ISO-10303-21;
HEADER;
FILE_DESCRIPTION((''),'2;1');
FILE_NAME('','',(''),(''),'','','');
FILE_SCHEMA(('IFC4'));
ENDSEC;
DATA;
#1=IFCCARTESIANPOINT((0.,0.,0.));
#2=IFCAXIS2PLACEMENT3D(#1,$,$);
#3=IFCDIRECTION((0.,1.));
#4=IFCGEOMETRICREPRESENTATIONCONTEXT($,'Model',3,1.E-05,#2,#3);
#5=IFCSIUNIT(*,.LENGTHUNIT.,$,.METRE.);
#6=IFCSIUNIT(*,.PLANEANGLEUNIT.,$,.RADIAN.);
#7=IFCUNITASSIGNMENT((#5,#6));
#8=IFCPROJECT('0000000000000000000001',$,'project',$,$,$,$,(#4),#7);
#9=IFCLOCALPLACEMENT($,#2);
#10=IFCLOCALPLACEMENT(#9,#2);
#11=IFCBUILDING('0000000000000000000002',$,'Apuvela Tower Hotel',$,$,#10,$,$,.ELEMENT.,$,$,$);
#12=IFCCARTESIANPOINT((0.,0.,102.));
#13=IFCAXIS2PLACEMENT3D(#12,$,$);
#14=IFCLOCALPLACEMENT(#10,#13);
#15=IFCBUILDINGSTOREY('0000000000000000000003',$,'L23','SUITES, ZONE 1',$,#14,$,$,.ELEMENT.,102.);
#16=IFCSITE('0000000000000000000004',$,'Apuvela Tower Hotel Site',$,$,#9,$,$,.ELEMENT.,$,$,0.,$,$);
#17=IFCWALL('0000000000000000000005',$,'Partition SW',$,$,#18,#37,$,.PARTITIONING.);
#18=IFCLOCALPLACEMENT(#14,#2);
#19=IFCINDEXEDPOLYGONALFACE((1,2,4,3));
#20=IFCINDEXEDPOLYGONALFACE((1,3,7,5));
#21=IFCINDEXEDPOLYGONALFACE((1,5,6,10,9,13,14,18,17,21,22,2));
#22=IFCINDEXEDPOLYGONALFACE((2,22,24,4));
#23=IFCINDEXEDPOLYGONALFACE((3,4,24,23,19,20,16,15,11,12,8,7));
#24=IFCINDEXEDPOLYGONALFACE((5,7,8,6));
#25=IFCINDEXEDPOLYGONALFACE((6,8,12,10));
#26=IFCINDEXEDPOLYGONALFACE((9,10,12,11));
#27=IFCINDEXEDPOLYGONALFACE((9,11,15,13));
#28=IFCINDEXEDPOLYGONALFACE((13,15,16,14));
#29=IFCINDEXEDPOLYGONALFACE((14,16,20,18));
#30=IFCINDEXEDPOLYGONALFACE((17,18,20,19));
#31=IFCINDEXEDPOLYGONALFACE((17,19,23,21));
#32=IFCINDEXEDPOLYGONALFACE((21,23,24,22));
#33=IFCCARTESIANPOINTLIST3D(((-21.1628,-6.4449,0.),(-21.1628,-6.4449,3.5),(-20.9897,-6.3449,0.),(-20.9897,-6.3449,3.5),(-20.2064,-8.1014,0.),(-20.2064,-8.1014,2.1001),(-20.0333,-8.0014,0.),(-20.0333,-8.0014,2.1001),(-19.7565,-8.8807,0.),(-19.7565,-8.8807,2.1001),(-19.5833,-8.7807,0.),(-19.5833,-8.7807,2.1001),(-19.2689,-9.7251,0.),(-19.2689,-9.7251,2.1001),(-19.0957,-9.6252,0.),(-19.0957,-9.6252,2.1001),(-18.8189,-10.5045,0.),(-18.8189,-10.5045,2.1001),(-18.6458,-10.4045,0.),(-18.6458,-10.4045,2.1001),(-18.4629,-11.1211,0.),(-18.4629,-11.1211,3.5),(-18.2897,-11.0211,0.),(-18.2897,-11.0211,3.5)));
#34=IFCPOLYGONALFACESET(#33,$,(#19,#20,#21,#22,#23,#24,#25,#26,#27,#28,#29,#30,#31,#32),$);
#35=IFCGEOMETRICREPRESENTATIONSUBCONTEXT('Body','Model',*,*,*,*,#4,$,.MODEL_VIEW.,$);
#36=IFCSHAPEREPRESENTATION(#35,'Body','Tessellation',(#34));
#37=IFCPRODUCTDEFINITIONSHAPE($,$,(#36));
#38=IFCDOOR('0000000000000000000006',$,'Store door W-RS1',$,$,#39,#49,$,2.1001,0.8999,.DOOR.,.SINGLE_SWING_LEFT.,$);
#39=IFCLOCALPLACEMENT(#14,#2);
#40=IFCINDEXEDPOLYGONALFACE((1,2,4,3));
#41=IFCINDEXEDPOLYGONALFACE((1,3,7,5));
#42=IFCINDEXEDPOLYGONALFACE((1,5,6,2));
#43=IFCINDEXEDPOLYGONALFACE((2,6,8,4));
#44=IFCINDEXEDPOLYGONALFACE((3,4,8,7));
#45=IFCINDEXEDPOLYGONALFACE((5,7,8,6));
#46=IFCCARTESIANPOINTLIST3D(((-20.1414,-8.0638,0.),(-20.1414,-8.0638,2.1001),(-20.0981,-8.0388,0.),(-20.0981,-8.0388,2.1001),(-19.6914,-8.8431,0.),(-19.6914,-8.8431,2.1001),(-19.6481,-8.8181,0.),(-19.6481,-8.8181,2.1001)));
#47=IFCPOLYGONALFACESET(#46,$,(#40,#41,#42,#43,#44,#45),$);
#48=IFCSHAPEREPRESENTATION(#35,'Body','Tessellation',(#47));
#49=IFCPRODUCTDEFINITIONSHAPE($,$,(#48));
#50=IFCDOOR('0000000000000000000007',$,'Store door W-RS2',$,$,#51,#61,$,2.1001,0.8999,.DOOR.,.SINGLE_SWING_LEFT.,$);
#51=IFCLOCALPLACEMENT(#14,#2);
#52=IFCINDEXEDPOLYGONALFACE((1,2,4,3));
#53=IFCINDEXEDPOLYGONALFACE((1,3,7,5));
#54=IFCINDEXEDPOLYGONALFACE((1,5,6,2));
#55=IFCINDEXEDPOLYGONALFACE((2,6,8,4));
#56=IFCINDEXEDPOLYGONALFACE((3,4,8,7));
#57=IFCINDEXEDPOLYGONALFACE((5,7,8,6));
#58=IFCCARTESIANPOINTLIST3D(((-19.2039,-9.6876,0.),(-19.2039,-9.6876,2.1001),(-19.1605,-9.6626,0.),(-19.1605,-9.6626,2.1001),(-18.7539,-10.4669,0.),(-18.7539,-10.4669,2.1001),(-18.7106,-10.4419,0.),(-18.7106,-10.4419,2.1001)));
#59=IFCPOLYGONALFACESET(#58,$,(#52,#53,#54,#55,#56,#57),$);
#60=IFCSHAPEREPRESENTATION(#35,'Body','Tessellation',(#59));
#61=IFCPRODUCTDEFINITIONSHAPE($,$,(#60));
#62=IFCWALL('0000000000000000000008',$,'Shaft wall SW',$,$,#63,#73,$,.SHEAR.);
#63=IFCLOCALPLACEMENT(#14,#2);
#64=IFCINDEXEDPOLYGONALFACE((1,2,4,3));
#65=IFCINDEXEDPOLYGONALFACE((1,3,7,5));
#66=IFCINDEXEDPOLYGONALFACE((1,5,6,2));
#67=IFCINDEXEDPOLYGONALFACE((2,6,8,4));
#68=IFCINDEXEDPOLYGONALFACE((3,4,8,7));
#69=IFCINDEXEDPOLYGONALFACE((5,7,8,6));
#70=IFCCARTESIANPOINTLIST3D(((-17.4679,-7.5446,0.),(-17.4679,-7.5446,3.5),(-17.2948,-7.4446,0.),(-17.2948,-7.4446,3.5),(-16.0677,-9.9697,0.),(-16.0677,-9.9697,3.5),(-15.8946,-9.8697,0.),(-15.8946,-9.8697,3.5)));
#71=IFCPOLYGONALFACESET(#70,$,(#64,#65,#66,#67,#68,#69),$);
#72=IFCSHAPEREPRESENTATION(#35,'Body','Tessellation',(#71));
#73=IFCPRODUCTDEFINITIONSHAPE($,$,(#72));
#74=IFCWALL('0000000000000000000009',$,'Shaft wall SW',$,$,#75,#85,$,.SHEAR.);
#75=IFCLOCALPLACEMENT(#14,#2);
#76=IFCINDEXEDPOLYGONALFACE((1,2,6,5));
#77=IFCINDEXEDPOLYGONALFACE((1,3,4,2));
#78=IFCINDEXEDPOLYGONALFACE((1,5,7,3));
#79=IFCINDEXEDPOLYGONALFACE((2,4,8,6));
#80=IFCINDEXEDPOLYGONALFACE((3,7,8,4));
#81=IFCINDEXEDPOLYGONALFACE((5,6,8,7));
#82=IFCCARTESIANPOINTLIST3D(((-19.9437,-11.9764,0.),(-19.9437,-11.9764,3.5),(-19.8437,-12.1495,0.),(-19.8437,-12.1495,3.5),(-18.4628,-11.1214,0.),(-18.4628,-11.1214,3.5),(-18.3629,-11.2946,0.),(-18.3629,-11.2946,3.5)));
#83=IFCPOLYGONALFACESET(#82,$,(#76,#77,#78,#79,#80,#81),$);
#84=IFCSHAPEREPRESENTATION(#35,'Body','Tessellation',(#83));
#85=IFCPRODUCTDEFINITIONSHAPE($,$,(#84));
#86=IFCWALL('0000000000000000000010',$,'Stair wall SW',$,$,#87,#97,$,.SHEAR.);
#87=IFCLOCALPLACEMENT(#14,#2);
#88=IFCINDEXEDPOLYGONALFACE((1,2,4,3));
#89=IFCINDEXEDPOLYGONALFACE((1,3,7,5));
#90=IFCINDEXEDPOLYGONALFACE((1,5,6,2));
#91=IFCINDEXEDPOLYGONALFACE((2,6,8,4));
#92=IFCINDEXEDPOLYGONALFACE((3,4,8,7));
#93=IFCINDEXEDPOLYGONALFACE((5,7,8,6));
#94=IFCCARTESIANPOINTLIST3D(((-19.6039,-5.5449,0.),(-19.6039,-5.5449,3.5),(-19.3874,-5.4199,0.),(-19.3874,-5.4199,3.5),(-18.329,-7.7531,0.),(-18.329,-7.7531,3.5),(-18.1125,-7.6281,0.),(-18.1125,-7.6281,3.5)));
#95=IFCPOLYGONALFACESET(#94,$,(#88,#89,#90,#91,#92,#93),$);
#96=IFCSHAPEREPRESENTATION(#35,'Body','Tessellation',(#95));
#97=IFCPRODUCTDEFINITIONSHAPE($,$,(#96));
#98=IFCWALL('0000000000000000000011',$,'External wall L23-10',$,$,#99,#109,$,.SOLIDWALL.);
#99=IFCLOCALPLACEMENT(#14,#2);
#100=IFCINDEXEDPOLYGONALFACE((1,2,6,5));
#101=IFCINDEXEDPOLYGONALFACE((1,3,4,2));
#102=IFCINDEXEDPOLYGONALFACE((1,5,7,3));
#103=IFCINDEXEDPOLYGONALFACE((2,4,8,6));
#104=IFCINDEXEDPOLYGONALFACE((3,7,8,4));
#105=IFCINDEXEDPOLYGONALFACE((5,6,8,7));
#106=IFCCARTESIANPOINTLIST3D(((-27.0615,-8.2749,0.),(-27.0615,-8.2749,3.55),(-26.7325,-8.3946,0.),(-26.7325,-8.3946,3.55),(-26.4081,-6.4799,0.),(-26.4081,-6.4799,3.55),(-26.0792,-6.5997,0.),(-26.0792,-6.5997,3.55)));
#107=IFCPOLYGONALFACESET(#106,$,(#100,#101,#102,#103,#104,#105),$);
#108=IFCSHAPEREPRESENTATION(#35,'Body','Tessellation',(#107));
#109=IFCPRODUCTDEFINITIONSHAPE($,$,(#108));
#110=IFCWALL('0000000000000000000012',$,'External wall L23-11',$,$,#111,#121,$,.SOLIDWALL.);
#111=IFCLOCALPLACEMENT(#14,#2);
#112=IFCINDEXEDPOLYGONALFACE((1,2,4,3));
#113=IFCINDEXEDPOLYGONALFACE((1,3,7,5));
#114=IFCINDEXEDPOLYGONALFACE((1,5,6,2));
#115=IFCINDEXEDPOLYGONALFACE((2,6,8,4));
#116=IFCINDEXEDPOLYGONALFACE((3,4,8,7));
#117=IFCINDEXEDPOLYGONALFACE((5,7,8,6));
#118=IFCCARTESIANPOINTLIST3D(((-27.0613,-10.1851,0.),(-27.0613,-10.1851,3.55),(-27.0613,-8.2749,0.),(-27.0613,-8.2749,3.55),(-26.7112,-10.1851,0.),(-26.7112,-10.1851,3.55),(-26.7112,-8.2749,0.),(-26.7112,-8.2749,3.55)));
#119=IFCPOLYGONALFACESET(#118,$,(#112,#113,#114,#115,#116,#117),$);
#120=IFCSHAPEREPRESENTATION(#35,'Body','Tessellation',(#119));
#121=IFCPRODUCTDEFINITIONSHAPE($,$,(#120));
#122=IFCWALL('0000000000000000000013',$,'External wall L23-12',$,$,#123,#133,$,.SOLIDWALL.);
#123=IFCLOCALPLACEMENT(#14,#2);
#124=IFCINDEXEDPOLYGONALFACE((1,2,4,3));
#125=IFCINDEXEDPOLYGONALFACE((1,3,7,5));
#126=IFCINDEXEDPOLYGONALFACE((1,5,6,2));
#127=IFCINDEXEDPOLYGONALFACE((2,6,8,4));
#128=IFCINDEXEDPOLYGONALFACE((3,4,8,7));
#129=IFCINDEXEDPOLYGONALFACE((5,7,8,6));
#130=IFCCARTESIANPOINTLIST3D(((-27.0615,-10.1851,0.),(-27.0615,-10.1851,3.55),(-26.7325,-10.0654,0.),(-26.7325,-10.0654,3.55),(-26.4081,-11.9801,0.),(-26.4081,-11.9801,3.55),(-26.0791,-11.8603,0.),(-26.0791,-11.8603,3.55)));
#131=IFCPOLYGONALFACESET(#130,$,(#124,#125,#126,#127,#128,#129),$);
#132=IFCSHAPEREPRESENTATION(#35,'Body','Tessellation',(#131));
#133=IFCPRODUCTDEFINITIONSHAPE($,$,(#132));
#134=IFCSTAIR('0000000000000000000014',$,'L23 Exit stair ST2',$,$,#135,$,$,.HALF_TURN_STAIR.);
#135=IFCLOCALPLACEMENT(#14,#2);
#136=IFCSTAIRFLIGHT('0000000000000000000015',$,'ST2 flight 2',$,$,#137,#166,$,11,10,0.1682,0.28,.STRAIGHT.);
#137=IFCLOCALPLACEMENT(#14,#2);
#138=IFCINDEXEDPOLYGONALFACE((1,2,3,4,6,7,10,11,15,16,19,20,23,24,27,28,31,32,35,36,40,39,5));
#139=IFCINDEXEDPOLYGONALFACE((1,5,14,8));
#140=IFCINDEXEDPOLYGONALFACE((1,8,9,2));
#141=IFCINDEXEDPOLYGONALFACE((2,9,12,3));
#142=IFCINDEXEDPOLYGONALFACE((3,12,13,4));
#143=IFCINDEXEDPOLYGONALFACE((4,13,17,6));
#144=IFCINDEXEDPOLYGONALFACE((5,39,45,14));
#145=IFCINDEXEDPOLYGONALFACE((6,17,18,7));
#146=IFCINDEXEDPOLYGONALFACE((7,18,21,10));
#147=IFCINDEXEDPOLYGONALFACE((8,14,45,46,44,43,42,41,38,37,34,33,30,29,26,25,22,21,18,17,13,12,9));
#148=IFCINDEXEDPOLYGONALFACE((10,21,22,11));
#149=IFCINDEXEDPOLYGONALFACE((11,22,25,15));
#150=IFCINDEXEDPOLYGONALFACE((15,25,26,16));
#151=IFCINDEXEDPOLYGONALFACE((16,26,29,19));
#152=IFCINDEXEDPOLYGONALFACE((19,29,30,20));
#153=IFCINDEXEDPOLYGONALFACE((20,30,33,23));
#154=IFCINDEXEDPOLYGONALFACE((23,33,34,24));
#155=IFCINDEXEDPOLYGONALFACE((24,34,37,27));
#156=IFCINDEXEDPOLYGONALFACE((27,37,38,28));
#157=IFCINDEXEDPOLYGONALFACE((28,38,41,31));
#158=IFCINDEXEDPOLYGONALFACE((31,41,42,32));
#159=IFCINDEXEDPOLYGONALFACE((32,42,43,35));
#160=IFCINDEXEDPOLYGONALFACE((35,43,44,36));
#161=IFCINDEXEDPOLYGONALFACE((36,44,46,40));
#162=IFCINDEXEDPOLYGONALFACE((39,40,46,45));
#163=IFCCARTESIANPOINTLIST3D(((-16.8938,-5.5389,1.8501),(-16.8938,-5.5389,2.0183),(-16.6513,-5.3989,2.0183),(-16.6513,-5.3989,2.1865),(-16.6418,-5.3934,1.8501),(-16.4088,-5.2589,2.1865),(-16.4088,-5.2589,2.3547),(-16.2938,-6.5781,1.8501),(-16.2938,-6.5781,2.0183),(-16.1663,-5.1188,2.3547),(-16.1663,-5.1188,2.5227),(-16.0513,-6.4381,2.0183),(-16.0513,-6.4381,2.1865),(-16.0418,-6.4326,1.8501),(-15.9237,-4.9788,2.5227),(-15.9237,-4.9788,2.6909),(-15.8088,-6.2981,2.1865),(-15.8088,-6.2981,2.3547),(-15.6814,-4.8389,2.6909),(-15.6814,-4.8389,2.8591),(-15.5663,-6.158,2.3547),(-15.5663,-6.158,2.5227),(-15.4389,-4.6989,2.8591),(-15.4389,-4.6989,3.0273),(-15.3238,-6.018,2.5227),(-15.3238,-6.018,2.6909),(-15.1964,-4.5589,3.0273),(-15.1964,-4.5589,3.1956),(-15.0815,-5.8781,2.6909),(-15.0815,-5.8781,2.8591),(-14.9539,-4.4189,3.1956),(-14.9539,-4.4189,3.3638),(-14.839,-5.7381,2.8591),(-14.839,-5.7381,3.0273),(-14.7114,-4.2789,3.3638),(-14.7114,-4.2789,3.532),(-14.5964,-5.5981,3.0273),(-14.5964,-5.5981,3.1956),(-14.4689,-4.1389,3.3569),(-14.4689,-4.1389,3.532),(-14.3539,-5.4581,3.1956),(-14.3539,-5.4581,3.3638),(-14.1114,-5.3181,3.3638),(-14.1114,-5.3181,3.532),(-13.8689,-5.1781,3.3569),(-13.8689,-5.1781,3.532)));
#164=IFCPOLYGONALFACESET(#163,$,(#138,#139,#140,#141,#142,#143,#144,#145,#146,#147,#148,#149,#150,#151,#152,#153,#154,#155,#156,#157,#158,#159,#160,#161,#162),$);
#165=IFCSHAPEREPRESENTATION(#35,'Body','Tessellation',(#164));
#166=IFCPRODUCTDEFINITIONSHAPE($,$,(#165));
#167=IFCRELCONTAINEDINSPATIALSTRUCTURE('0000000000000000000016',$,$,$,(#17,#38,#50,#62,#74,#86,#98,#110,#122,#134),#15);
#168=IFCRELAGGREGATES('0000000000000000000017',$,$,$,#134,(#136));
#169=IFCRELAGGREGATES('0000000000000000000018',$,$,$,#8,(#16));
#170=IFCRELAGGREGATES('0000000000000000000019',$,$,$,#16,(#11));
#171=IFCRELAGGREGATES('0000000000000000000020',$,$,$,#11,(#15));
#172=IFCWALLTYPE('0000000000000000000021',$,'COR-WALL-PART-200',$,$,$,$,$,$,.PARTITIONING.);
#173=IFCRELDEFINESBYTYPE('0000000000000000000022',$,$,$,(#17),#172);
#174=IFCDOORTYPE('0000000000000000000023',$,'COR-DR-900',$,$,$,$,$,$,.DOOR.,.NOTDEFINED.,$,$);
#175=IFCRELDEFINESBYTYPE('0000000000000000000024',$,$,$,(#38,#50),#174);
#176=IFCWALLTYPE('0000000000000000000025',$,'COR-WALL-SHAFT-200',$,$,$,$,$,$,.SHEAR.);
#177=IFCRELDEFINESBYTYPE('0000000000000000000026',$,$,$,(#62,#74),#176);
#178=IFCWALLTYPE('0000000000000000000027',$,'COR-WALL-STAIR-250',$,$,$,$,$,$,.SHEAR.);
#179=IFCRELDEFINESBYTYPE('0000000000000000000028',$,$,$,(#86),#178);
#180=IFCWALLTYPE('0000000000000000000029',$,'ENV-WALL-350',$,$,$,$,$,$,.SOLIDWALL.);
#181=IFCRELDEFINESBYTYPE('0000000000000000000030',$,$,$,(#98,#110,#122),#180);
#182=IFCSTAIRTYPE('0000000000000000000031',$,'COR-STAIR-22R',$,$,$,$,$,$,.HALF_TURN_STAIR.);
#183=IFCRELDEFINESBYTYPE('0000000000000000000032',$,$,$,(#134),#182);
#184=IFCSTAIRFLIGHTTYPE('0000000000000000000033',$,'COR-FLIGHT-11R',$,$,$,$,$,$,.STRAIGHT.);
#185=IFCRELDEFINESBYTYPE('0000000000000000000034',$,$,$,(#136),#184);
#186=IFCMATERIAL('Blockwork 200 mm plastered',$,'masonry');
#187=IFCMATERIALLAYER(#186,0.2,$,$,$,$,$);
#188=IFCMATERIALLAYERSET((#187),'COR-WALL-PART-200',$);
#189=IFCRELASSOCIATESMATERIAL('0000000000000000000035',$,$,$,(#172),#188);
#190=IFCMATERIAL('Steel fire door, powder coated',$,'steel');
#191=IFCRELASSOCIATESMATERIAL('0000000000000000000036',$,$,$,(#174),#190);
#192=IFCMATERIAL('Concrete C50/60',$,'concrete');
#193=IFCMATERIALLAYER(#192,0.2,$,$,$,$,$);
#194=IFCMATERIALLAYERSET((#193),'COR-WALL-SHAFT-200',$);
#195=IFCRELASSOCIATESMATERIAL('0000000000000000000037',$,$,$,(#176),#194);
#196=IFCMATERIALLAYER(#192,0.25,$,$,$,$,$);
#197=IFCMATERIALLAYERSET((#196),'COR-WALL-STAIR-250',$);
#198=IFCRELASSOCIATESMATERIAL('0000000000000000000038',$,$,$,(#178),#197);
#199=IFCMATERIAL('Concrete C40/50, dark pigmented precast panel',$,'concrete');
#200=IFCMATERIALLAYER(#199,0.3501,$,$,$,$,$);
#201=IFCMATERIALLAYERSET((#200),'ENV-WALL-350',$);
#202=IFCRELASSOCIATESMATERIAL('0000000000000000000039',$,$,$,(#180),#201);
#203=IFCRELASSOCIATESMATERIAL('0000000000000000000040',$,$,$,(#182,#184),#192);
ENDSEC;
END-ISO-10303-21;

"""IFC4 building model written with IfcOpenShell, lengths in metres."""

from ifc_helpers import new_model, si_unit, direction, frame, frame_2d, origin, place, context, subcontext, project, spatial, polyline, rectangle, outline, extrude, material, layer, layer_set, type_object, element, fill, aggregate, save


model = new_model("IFC4")

# Units and contexts
model_context = context("Model", 3, precision=1e-05, world=origin(), true_north=direction((0.0, 1.0)))
body_context = subcontext(model_context, "Body", "Model", "MODEL_VIEW")
ifc_project = project(units=[si_unit("LENGTHUNIT", "METRE"), si_unit("PLANEANGLEUNIT", "RADIAN")], contexts=[model_context])

# Site, building, storey
site_placement = place(None, origin())
site = spatial("IfcSite", under=ifc_project, at=site_placement, Name="Apuvela Tower Hotel Site", CompositionType="ELEMENT", RefElevation=0.0)
building_placement = place(site_placement, origin())
building = spatial("IfcBuilding", under=site, at=building_placement, Name="Apuvela Tower Hotel", CompositionType="ELEMENT")
storey_placement = place(building_placement, frame((0.0, 0.0, 102.0)))
storey = spatial("IfcBuildingStorey", under=building, at=storey_placement, Name="L23", Description="SUITES, ZONE 1", CompositionType="ELEMENT", Elevation=102.0)

# Wall, openings, doors
ifc_material_1 = material(Name="Blockwork 200 mm plastered", Category="masonry")
ifc_layer_1 = layer(ifc_material_1, 0.2)
ifc_layer_set_1 = layer_set([ifc_layer_1], Name="COR-WALL-PART-200")
wall_type_1 = type_object("IfcWallType", Name="COR-WALL-PART-200", PredefinedType="PARTITIONING", material=ifc_layer_set_1)
wall_1_placement = place(storey_placement, frame((-21.0762, -6.395, 0.0), z_axis=(0.0, 0.0, 1.0), x_axis=(0.500015, -0.866017, 0.0)))
wall_1 = element("IfcWall", 1, at=wall_1_placement, inside=storey, type_object=wall_type_1, Name="Partition SW", PredefinedType="PARTITIONING", context=body_context, shape_type="SweptSolid", body=[
    extrude(rectangle(XDim=5.3997, YDim=0.2, at=frame_2d((2.6997, 0.0))), origin(), (0.0, 0.0, 1.0), 3.5),
])
opening_1_placement = place(wall_1_placement, frame((1.9126, 0.0, 0.0)))
opening_1 = element("IfcOpeningElement", 2, at=opening_1_placement, cuts=wall_1, PredefinedType="OPENING", context=body_context, shape_type="SweptSolid", body=[
    extrude(rectangle(XDim=0.8999, YDim=2.1001, at=frame_2d((0.45, 1.05))), frame((0.0, 0.1099, 0.0), z_axis=(0.0, -1.0, 0.0), x_axis=(1.0, 0.0, 0.0)), (0.0, 0.0, 1.0), 0.22),
])
opening_2_placement = place(wall_1_placement, frame((3.7876, 0.0, 0.0)))
opening_2 = element("IfcOpeningElement", 3, at=opening_2_placement, cuts=wall_1, PredefinedType="OPENING", context=body_context, shape_type="SweptSolid", body=[
    extrude(rectangle(XDim=0.8999, YDim=2.1001, at=frame_2d((0.45, 1.05))), frame((0.0, 0.1099, 0.0), z_axis=(0.0, -1.0, 0.0), x_axis=(1.0, 0.0, 0.0)), (0.0, 0.0, 1.0), 0.22),
])
ifc_material_2 = material(Name="Steel fire door, powder coated", Category="steel")
door_type_1 = type_object("IfcDoorType", Name="COR-DR-900", OperationType="NOTDEFINED", PredefinedType="DOOR", material=ifc_material_2)
door_1_placement = place(opening_1_placement, frame((0.8999, 0.0, 0.0), z_axis=(0.0, 0.0, 1.0), x_axis=(-1.0, 0.0, 0.0)))
door_1 = element("IfcDoor", 4, at=door_1_placement, inside=storey, type_object=door_type_1, Name="Store door W-RS1", OperationType="SINGLE_SWING_LEFT", OverallHeight=2.1001, OverallWidth=0.8999, PredefinedType="DOOR", context=body_context, shape_type="SweptSolid", body=[
    extrude(rectangle(XDim=0.8999, YDim=2.1001, at=frame_2d((0.45, 1.05))), frame((0.0, 0.0249, 0.0), z_axis=(0.0, -1.0, 0.0), x_axis=(1.0, 0.0, 0.0)), (0.0, 0.0, 1.0), 0.05),
])
fill(opening_1, door_1)
door_2_placement = place(opening_2_placement, frame((0.8999, 0.0, 0.0), z_axis=(0.0, 0.0, 1.0), x_axis=(-1.0, 0.0, 0.0)))
door_2 = element("IfcDoor", 5, at=door_2_placement, inside=storey, type_object=door_type_1, Name="Store door W-RS2", OperationType="SINGLE_SWING_LEFT", OverallHeight=2.1001, OverallWidth=0.8999, PredefinedType="DOOR", context=body_context, shape_type="SweptSolid", body=[
    extrude(rectangle(XDim=0.8999, YDim=2.1001, at=frame_2d((0.45, 1.05))), frame((0.0, 0.0249, 0.0), z_axis=(0.0, -1.0, 0.0), x_axis=(1.0, 0.0, 0.0)), (0.0, 0.0, 1.0), 0.05),
])
fill(opening_2, door_2)

# Walls
ifc_material_3 = material(Name="Concrete C50/60", Category="concrete")
ifc_layer_2 = layer(ifc_material_3, 0.2)
ifc_layer_set_2 = layer_set([ifc_layer_2], Name="COR-WALL-SHAFT-200")
wall_type_2 = type_object("IfcWallType", Name="COR-WALL-SHAFT-200", PredefinedType="SHEAR", material=ifc_layer_set_2)
wall_2_placement = place(storey_placement, frame((-17.3813, -7.4946, 0.0), z_axis=(0.0, 0.0, 1.0), x_axis=(0.500012, -0.866019, 0.0)))
element("IfcWall", 6, at=wall_2_placement, inside=storey, type_object=wall_type_2, Name="Shaft wall SW", PredefinedType="SHEAR", context=body_context, shape_type="SweptSolid", body=[
    extrude(rectangle(XDim=2.8003, YDim=0.2, at=frame_2d((1.4001, 0.0))), origin(), (0.0, 0.0, 1.0), 3.5),
])
wall_3_placement = place(storey_placement, frame((-18.4128, -11.208, 0.0), z_axis=(0.0, 0.0, 1.0), x_axis=(-0.866038, -0.499978, 0.0)))
element("IfcWall", 7, at=wall_3_placement, inside=storey, type_object=wall_type_2, Name="Shaft wall SW", PredefinedType="SHEAR", context=body_context, shape_type="SweptSolid", body=[
    extrude(rectangle(XDim=1.71, YDim=0.2, at=frame_2d((0.855, 0.0))), origin(), (0.0, 0.0, 1.0), 3.5),
])
ifc_layer_3 = layer(ifc_material_3, 0.25)
ifc_layer_set_3 = layer_set([ifc_layer_3], Name="COR-WALL-STAIR-250")
wall_type_3 = type_object("IfcWallType", Name="COR-WALL-STAIR-250", PredefinedType="SHEAR", material=ifc_layer_set_3)
wall_4_placement = place(storey_placement, frame((-19.4956, -5.4824, 0.0), z_axis=(0.0, 0.0, 1.0), x_axis=(0.49999, -0.866031, 0.0)))
element("IfcWall", 8, at=wall_4_placement, inside=storey, type_object=wall_type_3, Name="Stair wall SW", PredefinedType="SHEAR", context=body_context, shape_type="SweptSolid", body=[
    extrude(rectangle(XDim=2.5498, YDim=0.25, at=frame_2d((1.2749, 0.0))), origin(), (0.0, 0.0, 1.0), 3.5),
])
ifc_material_4 = material(Name="Concrete C40/50, dark pigmented precast panel", Category="concrete")
ifc_layer_4 = layer(ifc_material_4, 0.3501)
ifc_layer_set_4 = layer_set([ifc_layer_4], Name="ENV-WALL-350")
wall_type_4 = type_object("IfcWallType", Name="ENV-WALL-350", PredefinedType="SOLIDWALL", material=ifc_layer_set_4)
for number, where, z_axis, x_axis, name in (
    (9, (-26.2437, -6.5398, 0.0), (0.0, 0.0, 1.0), (-0.34203, -0.939689, 0.0), "External wall L23-10"),
    (10, (-26.8862, -8.2749, 0.0), (0.0, 0.0, 1.0), (0.0, -1.0, 0.0), "External wall L23-11"),
    (11, (-26.897, -10.1252, 0.0), (0.0, 0.0, 1.0), (0.34203, -0.939689, 0.0), "External wall L23-12"),
):
    element("IfcWall", number, at=place(storey_placement, frame(where, z_axis=z_axis, x_axis=x_axis)), inside=storey, type_object=wall_type_4, Name=name, PredefinedType="SOLIDWALL", context=body_context, shape_type="SweptSolid", body=[
        extrude(rectangle(XDim=1.9102, YDim=0.3501, at=frame_2d((0.9551, 0.0))), origin(), (0.0, 0.0, 1.0), 3.55),
    ])

# Stair, stair flight
stair_type = type_object("IfcStairType", Name="COR-STAIR-22R", PredefinedType="HALF_TURN_STAIR", material=ifc_material_3)
stair_placement = place(storey_placement, origin())
stair = element("IfcStair", 12, at=stair_placement, inside=storey, type_object=stair_type, Name="L23 Exit stair ST2", PredefinedType="HALF_TURN_STAIR")
stair_flight_type = type_object("IfcStairFlightType", Name="COR-FLIGHT-11R", PredefinedType="STRAIGHT", material=ifc_material_3)
stair_flight_placement = place(storey_placement, frame((-16.5938, -6.0586, 1.8501), z_axis=(0.0, 0.0, 1.0), x_axis=(0.866025, 0.5, 0.0)))
stair_flight = element("IfcStairFlight", 13, at=stair_flight_placement, type_object=stair_flight_type, Name="ST2 flight 2", NumberOfRisers=11, NumberOfTreads=10, PredefinedType="STRAIGHT", RiserHeight=0.1682, TreadLength=0.28, context=body_context, shape_type="SweptSolid", body=[
    extrude(outline(polyline([(0.0, 0.0), (0.0, 0.1682), (0.28, 0.1682), (0.28, 0.3364), (0.5601, 0.3364), (0.5601, 0.5046), (0.8401, 0.5046), (0.8401, 0.6726), (1.1201, 0.6726), (1.1201, 0.8408), (1.3999, 0.8408), (1.3999, 1.009), (1.6799, 1.009), (1.6799, 1.1772), (1.96, 1.1772), (1.96, 1.3455), (2.24, 1.3455), (2.24, 1.5137), (2.52, 1.5137), (2.52, 1.6819), (2.8, 1.6819), (2.8, 1.8501), (2.8, 1.5068), (0.291, 0.0), (0.0, 0.0)])), frame((0.0, 0.6001, 0.0), z_axis=(0.0, -1.0, 0.0), x_axis=(1.0, 0.0, 0.0)), (0.0, 0.0, 1.0), 1.2),
])
aggregate(stair, [stair_flight])

save(model, "model.ifc")
